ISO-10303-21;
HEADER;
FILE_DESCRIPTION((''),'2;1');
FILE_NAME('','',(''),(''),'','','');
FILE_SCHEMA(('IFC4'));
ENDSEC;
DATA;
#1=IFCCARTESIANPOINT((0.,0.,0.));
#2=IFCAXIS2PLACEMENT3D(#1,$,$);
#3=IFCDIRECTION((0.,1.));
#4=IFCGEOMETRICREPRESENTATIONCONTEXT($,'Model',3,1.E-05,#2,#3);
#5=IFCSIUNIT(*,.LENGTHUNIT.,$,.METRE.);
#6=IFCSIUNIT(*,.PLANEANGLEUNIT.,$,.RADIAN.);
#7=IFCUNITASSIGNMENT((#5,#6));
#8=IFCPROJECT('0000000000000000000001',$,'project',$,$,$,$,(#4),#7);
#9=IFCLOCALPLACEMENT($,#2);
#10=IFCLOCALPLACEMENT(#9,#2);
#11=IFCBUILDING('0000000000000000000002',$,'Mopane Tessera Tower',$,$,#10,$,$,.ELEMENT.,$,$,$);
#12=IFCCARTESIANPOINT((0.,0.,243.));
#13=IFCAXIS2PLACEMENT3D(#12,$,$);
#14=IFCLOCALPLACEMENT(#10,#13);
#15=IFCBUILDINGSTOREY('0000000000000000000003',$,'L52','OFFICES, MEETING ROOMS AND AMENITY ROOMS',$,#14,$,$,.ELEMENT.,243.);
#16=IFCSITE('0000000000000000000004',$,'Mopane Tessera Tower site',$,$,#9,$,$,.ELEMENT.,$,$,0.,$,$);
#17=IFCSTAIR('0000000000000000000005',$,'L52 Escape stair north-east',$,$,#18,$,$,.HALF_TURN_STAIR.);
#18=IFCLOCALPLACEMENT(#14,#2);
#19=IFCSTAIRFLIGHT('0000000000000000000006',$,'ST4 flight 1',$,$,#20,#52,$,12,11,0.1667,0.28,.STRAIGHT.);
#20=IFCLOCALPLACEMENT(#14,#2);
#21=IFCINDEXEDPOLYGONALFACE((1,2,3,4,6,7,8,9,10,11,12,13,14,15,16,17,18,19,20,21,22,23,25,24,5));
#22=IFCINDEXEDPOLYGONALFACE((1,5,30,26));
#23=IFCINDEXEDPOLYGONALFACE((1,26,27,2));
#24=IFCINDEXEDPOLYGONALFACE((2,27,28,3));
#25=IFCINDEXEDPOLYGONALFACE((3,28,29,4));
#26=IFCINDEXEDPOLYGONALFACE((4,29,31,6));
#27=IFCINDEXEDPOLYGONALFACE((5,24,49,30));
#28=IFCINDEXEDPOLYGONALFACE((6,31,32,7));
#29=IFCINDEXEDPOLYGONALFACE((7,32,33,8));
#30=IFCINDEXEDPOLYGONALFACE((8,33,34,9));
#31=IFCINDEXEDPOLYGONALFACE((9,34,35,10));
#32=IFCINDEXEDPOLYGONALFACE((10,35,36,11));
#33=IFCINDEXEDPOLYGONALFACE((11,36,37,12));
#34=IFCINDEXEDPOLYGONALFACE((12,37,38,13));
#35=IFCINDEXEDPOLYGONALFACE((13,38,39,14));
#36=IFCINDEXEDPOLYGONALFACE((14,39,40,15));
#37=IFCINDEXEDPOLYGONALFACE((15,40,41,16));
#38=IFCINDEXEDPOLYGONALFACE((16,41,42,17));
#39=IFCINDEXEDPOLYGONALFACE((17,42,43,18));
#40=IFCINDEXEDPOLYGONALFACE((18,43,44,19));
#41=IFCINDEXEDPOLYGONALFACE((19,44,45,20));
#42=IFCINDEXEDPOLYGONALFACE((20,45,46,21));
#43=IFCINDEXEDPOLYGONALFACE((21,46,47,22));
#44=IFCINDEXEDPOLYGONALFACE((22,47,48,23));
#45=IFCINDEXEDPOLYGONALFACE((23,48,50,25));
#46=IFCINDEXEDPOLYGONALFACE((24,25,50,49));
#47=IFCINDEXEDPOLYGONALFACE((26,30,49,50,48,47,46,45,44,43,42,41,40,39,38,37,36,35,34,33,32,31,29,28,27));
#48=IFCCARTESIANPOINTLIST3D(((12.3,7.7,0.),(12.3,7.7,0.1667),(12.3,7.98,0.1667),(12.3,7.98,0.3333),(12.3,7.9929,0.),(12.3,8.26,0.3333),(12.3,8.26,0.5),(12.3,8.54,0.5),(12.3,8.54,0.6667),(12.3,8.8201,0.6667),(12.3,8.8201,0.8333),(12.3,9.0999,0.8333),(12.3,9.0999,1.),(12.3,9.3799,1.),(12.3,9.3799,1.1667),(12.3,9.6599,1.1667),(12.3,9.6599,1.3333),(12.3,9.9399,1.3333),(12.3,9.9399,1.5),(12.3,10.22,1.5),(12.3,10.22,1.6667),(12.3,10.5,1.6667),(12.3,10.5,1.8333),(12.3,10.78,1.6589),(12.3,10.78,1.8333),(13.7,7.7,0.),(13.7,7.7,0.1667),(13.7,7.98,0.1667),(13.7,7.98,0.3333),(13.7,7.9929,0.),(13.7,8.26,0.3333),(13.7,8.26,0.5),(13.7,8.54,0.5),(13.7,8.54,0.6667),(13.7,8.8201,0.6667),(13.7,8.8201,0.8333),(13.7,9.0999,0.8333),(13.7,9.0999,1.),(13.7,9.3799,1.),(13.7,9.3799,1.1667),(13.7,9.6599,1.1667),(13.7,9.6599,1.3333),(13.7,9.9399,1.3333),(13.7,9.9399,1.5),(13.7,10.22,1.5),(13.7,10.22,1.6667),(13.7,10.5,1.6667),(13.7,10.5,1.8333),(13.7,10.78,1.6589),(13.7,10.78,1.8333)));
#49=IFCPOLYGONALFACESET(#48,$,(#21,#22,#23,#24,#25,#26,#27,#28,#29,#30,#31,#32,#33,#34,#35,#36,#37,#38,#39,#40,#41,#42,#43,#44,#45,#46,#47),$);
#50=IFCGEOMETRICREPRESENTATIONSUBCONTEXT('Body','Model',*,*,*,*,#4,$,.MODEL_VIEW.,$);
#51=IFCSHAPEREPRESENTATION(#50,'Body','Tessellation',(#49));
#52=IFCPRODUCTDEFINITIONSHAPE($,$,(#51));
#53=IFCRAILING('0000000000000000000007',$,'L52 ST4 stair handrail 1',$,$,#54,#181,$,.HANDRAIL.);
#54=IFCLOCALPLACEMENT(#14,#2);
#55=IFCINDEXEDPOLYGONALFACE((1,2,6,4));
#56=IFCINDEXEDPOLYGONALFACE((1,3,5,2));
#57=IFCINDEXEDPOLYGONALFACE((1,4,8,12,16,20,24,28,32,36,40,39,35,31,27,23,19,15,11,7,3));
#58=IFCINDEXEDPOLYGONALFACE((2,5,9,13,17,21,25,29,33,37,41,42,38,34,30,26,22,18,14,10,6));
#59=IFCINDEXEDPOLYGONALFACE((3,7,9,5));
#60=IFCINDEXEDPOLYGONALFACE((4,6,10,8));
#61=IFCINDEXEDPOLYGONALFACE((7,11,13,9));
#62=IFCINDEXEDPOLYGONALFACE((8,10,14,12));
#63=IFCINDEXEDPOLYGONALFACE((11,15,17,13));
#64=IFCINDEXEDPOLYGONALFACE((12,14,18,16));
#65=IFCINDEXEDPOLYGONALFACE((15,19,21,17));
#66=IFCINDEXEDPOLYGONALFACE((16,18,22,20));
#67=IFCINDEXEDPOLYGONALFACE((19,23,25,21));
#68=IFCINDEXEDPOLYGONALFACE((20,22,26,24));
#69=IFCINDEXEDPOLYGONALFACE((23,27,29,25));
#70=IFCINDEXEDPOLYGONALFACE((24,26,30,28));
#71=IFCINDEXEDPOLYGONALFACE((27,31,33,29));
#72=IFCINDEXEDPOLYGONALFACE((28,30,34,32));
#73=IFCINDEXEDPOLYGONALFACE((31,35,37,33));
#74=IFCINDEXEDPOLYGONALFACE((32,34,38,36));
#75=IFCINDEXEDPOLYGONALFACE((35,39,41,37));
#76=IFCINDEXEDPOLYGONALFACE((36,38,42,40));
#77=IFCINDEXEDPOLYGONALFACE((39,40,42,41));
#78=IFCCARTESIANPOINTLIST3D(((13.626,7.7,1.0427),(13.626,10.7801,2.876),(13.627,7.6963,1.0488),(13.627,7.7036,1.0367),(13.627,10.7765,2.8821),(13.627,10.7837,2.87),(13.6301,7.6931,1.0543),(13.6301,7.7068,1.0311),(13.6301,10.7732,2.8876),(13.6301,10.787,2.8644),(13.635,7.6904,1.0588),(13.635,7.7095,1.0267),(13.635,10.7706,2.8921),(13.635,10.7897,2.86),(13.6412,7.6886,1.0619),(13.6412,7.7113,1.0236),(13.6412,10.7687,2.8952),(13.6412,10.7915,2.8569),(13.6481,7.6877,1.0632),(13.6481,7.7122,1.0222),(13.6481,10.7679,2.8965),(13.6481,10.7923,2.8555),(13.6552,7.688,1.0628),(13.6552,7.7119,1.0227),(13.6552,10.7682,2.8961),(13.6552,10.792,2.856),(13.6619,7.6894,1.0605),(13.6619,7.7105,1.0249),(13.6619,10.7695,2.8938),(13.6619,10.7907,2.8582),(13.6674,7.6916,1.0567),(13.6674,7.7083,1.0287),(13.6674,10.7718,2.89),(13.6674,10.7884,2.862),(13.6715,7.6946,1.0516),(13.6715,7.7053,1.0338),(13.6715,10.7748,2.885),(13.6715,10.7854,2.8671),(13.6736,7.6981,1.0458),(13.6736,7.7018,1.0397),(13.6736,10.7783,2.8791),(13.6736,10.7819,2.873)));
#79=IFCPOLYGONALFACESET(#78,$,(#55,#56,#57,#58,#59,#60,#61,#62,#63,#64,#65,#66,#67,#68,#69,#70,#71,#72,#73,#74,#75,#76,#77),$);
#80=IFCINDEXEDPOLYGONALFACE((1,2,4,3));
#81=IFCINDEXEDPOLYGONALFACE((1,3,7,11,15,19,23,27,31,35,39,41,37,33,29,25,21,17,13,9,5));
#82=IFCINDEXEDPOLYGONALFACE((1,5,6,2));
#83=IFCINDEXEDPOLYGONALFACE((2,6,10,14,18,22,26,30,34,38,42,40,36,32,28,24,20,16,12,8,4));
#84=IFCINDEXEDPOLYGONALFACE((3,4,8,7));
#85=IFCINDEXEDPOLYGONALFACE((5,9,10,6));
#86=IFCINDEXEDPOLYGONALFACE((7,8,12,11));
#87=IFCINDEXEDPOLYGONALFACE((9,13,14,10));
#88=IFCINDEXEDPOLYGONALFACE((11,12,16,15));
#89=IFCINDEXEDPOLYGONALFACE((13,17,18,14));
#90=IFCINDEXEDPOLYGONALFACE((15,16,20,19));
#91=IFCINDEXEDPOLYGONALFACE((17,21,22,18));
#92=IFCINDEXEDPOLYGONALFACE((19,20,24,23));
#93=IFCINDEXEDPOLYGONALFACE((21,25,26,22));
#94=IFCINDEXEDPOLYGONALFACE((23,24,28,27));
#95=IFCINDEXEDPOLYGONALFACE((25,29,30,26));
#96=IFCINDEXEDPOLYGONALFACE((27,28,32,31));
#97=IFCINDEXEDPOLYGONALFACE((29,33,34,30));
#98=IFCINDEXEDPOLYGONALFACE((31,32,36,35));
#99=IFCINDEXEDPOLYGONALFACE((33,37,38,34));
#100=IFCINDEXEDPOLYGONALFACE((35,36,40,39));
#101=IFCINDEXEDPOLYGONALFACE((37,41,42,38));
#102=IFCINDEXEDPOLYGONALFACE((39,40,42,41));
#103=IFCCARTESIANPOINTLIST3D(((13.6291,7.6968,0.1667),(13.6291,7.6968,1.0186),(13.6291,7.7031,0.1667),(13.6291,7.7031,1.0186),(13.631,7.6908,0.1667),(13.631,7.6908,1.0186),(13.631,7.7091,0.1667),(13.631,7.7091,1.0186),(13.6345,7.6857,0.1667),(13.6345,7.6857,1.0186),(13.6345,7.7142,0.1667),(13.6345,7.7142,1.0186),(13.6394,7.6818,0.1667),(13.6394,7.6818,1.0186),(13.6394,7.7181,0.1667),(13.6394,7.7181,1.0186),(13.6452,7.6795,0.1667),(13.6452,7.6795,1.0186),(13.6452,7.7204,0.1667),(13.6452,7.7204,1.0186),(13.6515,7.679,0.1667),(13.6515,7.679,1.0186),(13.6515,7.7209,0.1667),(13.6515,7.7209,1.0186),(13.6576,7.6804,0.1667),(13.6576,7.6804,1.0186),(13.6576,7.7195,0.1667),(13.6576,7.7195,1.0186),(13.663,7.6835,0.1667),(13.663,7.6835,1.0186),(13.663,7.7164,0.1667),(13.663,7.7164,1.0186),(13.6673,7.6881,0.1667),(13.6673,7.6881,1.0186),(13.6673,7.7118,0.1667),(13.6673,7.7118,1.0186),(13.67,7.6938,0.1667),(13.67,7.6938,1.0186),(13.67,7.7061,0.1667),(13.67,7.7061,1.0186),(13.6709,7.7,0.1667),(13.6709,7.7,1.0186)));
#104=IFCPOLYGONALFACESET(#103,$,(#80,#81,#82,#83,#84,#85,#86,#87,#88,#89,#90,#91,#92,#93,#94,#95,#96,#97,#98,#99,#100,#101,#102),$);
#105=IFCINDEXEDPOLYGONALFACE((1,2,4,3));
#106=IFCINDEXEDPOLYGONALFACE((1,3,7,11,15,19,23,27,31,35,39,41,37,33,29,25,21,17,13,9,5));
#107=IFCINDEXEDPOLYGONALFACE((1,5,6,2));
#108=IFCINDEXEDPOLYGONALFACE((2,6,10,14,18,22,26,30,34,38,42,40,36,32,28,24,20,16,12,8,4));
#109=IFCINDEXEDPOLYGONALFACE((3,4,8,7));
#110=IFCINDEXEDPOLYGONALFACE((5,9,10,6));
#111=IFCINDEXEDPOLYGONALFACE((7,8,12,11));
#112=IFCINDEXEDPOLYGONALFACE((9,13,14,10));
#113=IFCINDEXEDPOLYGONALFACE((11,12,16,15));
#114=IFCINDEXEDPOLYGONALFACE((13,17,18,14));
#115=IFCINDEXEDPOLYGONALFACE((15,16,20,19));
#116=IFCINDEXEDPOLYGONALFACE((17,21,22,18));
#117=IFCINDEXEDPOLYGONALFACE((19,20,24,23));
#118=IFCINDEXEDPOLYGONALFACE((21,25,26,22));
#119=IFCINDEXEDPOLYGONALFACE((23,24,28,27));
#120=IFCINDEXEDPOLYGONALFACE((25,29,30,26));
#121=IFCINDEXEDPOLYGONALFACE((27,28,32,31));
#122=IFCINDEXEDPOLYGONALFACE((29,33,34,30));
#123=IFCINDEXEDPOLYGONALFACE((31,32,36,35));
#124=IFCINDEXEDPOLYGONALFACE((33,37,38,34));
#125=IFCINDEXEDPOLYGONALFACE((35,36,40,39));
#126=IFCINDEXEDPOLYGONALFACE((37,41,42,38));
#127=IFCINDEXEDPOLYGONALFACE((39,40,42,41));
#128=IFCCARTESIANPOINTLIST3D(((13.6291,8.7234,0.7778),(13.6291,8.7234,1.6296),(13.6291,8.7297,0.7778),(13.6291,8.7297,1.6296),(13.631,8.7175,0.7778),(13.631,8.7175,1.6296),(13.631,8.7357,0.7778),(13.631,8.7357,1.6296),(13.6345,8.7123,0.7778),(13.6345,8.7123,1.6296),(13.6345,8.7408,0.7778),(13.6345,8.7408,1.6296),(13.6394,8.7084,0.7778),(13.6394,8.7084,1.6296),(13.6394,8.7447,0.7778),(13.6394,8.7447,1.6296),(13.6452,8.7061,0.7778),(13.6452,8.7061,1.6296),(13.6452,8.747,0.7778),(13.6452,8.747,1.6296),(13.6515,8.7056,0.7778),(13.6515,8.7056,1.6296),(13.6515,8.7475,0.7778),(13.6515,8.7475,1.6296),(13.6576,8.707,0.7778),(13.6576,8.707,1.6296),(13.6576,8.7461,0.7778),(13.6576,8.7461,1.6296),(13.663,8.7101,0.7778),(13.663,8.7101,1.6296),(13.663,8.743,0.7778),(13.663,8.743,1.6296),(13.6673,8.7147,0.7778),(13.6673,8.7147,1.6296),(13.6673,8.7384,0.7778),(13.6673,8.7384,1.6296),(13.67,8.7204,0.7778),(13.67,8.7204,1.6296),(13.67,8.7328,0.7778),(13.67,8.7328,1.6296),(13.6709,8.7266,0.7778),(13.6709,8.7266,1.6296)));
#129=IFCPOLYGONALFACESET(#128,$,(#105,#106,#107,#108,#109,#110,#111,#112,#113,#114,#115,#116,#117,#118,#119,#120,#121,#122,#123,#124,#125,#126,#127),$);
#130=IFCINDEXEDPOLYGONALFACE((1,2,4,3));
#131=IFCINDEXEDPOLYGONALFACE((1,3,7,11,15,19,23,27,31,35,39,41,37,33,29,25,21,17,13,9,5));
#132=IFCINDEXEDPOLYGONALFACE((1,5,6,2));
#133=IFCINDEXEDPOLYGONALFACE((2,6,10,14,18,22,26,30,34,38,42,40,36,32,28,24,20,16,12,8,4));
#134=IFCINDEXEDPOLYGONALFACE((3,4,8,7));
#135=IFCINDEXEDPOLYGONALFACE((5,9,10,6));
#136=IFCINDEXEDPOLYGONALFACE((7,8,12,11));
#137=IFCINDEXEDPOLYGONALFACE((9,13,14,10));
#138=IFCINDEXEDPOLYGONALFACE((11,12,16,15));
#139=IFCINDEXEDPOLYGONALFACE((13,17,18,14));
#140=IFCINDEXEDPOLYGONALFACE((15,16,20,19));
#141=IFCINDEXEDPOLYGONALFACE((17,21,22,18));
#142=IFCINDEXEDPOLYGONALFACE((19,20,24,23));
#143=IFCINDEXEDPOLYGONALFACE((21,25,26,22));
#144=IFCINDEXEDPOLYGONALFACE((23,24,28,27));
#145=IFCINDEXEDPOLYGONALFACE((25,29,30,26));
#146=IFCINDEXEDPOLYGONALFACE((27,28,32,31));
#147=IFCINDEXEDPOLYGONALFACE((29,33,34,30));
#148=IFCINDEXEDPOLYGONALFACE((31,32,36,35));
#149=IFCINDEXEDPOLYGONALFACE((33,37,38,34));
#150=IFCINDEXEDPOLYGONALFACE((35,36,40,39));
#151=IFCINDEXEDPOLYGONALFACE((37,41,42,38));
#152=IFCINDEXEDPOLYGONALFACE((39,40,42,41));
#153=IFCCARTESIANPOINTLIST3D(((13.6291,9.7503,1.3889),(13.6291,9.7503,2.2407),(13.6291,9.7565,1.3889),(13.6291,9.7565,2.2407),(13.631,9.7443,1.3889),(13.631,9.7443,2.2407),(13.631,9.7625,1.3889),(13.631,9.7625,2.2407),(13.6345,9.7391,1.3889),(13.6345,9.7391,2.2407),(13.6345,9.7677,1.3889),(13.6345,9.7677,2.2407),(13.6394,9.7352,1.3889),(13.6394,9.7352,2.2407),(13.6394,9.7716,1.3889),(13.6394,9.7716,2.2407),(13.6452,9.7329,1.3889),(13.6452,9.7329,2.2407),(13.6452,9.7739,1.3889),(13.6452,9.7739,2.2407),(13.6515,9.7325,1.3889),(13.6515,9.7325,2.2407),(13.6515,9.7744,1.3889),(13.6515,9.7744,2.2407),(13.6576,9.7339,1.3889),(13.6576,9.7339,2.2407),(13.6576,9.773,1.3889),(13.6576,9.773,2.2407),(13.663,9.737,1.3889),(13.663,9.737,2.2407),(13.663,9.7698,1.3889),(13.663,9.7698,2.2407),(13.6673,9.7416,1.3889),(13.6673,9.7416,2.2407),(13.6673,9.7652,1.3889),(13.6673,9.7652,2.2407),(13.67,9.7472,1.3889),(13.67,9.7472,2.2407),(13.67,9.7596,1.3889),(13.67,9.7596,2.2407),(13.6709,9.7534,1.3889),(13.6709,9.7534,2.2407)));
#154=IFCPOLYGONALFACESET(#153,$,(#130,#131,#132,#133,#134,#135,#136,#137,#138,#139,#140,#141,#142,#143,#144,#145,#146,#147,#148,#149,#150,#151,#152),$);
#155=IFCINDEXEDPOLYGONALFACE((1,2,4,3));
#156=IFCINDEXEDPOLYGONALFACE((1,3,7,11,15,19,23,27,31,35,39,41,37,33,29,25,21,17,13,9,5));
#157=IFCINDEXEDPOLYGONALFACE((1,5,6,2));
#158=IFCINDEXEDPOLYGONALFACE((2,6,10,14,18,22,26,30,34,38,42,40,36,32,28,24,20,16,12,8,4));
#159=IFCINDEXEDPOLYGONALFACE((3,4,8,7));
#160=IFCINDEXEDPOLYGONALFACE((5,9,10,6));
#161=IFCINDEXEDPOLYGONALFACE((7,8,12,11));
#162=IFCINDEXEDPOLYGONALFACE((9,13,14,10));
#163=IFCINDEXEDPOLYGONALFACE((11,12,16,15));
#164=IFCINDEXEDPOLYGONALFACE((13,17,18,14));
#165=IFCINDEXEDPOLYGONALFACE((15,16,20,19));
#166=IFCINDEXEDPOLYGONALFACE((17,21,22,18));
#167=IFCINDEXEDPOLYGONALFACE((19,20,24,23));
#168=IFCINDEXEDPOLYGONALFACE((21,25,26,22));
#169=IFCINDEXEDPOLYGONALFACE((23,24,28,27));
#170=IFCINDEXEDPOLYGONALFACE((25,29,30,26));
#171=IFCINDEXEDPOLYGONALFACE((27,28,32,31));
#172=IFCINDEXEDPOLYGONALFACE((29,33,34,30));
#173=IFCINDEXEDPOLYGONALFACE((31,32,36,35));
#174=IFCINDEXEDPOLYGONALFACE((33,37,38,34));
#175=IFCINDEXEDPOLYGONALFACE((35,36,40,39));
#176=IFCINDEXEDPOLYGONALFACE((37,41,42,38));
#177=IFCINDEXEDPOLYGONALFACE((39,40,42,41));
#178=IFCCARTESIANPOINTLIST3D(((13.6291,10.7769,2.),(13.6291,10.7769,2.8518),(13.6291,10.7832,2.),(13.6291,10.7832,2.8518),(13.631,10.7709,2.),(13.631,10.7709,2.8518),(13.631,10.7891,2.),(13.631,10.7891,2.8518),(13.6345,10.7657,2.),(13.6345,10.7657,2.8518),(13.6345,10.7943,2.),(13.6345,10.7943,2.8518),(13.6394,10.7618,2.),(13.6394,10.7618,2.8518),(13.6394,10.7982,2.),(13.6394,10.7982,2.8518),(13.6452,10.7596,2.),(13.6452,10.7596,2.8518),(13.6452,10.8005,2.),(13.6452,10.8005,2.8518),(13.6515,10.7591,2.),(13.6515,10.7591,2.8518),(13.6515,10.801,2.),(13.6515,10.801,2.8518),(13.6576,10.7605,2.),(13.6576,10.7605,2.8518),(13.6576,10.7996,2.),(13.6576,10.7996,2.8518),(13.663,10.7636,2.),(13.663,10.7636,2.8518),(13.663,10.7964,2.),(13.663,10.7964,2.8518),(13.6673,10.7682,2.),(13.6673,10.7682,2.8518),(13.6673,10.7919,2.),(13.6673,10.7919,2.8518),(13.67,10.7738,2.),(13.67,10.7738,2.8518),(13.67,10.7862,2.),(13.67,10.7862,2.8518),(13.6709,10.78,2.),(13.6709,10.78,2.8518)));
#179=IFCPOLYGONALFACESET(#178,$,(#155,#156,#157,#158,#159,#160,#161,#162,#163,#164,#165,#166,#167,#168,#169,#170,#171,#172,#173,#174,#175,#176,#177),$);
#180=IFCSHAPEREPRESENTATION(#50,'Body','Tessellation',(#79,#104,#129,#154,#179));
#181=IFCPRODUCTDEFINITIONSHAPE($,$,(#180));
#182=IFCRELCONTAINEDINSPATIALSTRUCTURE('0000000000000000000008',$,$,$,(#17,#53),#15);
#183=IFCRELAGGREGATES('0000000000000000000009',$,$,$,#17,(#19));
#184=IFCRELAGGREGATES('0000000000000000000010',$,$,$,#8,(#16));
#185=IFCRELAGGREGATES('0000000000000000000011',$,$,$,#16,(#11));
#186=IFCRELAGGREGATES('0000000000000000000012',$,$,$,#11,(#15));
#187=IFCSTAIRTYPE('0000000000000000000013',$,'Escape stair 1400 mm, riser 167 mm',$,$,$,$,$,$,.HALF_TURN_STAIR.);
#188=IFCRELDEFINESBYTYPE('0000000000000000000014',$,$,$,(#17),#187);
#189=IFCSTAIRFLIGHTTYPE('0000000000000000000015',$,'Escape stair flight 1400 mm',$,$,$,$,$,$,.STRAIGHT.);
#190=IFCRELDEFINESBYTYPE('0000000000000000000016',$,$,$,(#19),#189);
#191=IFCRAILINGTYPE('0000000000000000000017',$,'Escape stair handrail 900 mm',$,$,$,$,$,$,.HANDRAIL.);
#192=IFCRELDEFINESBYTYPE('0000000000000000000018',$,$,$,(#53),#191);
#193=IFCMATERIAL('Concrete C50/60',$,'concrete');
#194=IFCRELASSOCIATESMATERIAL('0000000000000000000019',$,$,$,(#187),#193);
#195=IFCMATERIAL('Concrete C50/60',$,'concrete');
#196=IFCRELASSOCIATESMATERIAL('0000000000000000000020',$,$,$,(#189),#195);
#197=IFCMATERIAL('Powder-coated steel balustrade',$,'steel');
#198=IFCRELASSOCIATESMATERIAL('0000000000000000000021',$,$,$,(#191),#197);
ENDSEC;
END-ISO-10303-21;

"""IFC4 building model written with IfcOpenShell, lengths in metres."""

from ifc_helpers import new_model, si_unit, direction, frame, origin, origin_2d, place, context, subcontext, project, spatial, polyline, circle, outline, extrude, material, type_object, element, aggregate, save


model = new_model("IFC4")

# Units and contexts
model_context = context("Model", 3, precision=1e-05, world=origin(), true_north=direction((0.0, 1.0)))
body_context = subcontext(model_context, "Body", "Model", "MODEL_VIEW")
ifc_project = project(units=[si_unit("LENGTHUNIT", "METRE"), si_unit("PLANEANGLEUNIT", "RADIAN")], contexts=[model_context])

# Site, building, storey
site_placement = place(None, origin())
site = spatial("IfcSite", under=ifc_project, at=site_placement, Name="Mopane Tessera Tower site", CompositionType="ELEMENT", RefElevation=0.0)
building_placement = place(site_placement, origin())
building = spatial("IfcBuilding", under=site, at=building_placement, Name="Mopane Tessera Tower", CompositionType="ELEMENT")
storey_placement = place(building_placement, frame((0.0, 0.0, 243.0)))
storey = spatial("IfcBuildingStorey", under=building, at=storey_placement, Name="L52", Description="OFFICES, MEETING ROOMS AND AMENITY ROOMS", CompositionType="ELEMENT", Elevation=243.0)

# Stair, stair flight
ifc_material_1 = material(Name="Concrete C50/60", Category="concrete")
stair_type = type_object("IfcStairType", Name="Escape stair 1400 mm, riser 167 mm", PredefinedType="HALF_TURN_STAIR", material=ifc_material_1)
stair_placement = place(storey_placement, origin())
stair = element("IfcStair", 1, at=stair_placement, inside=storey, type_object=stair_type, Name="L52 Escape stair north-east", PredefinedType="HALF_TURN_STAIR")
ifc_material_2 = material(Name="Concrete C50/60", Category="concrete")
stair_flight_type = type_object("IfcStairFlightType", Name="Escape stair flight 1400 mm", PredefinedType="STRAIGHT", material=ifc_material_2)
stair_flight_placement = place(storey_placement, frame((13.0, 7.7, 0.0), z_axis=(0.0, 0.0, 1.0), x_axis=(0.0, 1.0, 0.0)))
stair_flight = element("IfcStairFlight", 2, at=stair_flight_placement, type_object=stair_flight_type, Name="ST4 flight 1", NumberOfRisers=12, NumberOfTreads=11, PredefinedType="STRAIGHT", RiserHeight=0.1667, TreadLength=0.28, context=body_context, shape_type="SweptSolid", body=[
    extrude(outline(polyline([(0.0, 0.0), (0.0, 0.1667), (0.28, 0.1667), (0.28, 0.3333), (0.5601, 0.3333), (0.5601, 0.5), (0.8401, 0.5), (0.8401, 0.6667), (1.1201, 0.6667), (1.1201, 0.8333), (1.3999, 0.8333), (1.3999, 1.0), (1.6799, 1.0), (1.6799, 1.1667), (1.96, 1.1667), (1.96, 1.3333), (2.24, 1.3333), (2.24, 1.5), (2.52, 1.5), (2.52, 1.6667), (2.8, 1.6667), (2.8, 1.8333), (3.0801, 1.8333), (3.0801, 2.0), (3.0801, 1.6589), (0.293, 0.0), (0.0, 0.0)])), frame((0.0, 0.7, 0.0), z_axis=(0.0, -1.0, 0.0), x_axis=(1.0, 0.0, 0.0)), (0.0, 0.0, 1.0), 1.3999),
])
aggregate(stair, [stair_flight])

# Railing
ifc_material_3 = material(Name="Powder-coated steel balustrade", Category="steel")
railing_type_1 = type_object("IfcRailingType", Name="Escape stair handrail 900 mm", PredefinedType="HANDRAIL", material=ifc_material_3)
railing_1_placement = place(storey_placement, frame((13.6499, 7.7, 0.1667)))
element("IfcRailing", 3, at=railing_1_placement, inside=storey, type_object=railing_type_1, Name="L52 ST4 stair handrail 1", PredefinedType="HANDRAIL", context=body_context, shape_type="SweptSolid", body=[
    extrude(circle(Radius=0.0239, at=origin_2d()), frame((0.0, 0.0, 0.876), z_axis=(0.0, 0.859309, 0.511458), x_axis=(-1.0, 0.0, 0.0)), (0.0, 0.0, 1.0), 3.5845),
    extrude(circle(Radius=0.021, at=origin_2d()), origin(), (0.0, 0.0, 1.0), 0.8518),
    extrude(circle(Radius=0.021, at=origin_2d()), frame((0.0, 1.0266, 0.6111)), (0.0, 0.0, 1.0), 0.8518),
    extrude(circle(Radius=0.021, at=origin_2d()), frame((0.0, 2.0535, 1.2222)), (0.0, 0.0, 1.0), 0.8518),
    extrude(circle(Radius=0.021, at=origin_2d()), frame((0.0, 3.0801, 1.8333)), (0.0, 0.0, 1.0), 0.8518),
])

save(model, "model.ifc")
